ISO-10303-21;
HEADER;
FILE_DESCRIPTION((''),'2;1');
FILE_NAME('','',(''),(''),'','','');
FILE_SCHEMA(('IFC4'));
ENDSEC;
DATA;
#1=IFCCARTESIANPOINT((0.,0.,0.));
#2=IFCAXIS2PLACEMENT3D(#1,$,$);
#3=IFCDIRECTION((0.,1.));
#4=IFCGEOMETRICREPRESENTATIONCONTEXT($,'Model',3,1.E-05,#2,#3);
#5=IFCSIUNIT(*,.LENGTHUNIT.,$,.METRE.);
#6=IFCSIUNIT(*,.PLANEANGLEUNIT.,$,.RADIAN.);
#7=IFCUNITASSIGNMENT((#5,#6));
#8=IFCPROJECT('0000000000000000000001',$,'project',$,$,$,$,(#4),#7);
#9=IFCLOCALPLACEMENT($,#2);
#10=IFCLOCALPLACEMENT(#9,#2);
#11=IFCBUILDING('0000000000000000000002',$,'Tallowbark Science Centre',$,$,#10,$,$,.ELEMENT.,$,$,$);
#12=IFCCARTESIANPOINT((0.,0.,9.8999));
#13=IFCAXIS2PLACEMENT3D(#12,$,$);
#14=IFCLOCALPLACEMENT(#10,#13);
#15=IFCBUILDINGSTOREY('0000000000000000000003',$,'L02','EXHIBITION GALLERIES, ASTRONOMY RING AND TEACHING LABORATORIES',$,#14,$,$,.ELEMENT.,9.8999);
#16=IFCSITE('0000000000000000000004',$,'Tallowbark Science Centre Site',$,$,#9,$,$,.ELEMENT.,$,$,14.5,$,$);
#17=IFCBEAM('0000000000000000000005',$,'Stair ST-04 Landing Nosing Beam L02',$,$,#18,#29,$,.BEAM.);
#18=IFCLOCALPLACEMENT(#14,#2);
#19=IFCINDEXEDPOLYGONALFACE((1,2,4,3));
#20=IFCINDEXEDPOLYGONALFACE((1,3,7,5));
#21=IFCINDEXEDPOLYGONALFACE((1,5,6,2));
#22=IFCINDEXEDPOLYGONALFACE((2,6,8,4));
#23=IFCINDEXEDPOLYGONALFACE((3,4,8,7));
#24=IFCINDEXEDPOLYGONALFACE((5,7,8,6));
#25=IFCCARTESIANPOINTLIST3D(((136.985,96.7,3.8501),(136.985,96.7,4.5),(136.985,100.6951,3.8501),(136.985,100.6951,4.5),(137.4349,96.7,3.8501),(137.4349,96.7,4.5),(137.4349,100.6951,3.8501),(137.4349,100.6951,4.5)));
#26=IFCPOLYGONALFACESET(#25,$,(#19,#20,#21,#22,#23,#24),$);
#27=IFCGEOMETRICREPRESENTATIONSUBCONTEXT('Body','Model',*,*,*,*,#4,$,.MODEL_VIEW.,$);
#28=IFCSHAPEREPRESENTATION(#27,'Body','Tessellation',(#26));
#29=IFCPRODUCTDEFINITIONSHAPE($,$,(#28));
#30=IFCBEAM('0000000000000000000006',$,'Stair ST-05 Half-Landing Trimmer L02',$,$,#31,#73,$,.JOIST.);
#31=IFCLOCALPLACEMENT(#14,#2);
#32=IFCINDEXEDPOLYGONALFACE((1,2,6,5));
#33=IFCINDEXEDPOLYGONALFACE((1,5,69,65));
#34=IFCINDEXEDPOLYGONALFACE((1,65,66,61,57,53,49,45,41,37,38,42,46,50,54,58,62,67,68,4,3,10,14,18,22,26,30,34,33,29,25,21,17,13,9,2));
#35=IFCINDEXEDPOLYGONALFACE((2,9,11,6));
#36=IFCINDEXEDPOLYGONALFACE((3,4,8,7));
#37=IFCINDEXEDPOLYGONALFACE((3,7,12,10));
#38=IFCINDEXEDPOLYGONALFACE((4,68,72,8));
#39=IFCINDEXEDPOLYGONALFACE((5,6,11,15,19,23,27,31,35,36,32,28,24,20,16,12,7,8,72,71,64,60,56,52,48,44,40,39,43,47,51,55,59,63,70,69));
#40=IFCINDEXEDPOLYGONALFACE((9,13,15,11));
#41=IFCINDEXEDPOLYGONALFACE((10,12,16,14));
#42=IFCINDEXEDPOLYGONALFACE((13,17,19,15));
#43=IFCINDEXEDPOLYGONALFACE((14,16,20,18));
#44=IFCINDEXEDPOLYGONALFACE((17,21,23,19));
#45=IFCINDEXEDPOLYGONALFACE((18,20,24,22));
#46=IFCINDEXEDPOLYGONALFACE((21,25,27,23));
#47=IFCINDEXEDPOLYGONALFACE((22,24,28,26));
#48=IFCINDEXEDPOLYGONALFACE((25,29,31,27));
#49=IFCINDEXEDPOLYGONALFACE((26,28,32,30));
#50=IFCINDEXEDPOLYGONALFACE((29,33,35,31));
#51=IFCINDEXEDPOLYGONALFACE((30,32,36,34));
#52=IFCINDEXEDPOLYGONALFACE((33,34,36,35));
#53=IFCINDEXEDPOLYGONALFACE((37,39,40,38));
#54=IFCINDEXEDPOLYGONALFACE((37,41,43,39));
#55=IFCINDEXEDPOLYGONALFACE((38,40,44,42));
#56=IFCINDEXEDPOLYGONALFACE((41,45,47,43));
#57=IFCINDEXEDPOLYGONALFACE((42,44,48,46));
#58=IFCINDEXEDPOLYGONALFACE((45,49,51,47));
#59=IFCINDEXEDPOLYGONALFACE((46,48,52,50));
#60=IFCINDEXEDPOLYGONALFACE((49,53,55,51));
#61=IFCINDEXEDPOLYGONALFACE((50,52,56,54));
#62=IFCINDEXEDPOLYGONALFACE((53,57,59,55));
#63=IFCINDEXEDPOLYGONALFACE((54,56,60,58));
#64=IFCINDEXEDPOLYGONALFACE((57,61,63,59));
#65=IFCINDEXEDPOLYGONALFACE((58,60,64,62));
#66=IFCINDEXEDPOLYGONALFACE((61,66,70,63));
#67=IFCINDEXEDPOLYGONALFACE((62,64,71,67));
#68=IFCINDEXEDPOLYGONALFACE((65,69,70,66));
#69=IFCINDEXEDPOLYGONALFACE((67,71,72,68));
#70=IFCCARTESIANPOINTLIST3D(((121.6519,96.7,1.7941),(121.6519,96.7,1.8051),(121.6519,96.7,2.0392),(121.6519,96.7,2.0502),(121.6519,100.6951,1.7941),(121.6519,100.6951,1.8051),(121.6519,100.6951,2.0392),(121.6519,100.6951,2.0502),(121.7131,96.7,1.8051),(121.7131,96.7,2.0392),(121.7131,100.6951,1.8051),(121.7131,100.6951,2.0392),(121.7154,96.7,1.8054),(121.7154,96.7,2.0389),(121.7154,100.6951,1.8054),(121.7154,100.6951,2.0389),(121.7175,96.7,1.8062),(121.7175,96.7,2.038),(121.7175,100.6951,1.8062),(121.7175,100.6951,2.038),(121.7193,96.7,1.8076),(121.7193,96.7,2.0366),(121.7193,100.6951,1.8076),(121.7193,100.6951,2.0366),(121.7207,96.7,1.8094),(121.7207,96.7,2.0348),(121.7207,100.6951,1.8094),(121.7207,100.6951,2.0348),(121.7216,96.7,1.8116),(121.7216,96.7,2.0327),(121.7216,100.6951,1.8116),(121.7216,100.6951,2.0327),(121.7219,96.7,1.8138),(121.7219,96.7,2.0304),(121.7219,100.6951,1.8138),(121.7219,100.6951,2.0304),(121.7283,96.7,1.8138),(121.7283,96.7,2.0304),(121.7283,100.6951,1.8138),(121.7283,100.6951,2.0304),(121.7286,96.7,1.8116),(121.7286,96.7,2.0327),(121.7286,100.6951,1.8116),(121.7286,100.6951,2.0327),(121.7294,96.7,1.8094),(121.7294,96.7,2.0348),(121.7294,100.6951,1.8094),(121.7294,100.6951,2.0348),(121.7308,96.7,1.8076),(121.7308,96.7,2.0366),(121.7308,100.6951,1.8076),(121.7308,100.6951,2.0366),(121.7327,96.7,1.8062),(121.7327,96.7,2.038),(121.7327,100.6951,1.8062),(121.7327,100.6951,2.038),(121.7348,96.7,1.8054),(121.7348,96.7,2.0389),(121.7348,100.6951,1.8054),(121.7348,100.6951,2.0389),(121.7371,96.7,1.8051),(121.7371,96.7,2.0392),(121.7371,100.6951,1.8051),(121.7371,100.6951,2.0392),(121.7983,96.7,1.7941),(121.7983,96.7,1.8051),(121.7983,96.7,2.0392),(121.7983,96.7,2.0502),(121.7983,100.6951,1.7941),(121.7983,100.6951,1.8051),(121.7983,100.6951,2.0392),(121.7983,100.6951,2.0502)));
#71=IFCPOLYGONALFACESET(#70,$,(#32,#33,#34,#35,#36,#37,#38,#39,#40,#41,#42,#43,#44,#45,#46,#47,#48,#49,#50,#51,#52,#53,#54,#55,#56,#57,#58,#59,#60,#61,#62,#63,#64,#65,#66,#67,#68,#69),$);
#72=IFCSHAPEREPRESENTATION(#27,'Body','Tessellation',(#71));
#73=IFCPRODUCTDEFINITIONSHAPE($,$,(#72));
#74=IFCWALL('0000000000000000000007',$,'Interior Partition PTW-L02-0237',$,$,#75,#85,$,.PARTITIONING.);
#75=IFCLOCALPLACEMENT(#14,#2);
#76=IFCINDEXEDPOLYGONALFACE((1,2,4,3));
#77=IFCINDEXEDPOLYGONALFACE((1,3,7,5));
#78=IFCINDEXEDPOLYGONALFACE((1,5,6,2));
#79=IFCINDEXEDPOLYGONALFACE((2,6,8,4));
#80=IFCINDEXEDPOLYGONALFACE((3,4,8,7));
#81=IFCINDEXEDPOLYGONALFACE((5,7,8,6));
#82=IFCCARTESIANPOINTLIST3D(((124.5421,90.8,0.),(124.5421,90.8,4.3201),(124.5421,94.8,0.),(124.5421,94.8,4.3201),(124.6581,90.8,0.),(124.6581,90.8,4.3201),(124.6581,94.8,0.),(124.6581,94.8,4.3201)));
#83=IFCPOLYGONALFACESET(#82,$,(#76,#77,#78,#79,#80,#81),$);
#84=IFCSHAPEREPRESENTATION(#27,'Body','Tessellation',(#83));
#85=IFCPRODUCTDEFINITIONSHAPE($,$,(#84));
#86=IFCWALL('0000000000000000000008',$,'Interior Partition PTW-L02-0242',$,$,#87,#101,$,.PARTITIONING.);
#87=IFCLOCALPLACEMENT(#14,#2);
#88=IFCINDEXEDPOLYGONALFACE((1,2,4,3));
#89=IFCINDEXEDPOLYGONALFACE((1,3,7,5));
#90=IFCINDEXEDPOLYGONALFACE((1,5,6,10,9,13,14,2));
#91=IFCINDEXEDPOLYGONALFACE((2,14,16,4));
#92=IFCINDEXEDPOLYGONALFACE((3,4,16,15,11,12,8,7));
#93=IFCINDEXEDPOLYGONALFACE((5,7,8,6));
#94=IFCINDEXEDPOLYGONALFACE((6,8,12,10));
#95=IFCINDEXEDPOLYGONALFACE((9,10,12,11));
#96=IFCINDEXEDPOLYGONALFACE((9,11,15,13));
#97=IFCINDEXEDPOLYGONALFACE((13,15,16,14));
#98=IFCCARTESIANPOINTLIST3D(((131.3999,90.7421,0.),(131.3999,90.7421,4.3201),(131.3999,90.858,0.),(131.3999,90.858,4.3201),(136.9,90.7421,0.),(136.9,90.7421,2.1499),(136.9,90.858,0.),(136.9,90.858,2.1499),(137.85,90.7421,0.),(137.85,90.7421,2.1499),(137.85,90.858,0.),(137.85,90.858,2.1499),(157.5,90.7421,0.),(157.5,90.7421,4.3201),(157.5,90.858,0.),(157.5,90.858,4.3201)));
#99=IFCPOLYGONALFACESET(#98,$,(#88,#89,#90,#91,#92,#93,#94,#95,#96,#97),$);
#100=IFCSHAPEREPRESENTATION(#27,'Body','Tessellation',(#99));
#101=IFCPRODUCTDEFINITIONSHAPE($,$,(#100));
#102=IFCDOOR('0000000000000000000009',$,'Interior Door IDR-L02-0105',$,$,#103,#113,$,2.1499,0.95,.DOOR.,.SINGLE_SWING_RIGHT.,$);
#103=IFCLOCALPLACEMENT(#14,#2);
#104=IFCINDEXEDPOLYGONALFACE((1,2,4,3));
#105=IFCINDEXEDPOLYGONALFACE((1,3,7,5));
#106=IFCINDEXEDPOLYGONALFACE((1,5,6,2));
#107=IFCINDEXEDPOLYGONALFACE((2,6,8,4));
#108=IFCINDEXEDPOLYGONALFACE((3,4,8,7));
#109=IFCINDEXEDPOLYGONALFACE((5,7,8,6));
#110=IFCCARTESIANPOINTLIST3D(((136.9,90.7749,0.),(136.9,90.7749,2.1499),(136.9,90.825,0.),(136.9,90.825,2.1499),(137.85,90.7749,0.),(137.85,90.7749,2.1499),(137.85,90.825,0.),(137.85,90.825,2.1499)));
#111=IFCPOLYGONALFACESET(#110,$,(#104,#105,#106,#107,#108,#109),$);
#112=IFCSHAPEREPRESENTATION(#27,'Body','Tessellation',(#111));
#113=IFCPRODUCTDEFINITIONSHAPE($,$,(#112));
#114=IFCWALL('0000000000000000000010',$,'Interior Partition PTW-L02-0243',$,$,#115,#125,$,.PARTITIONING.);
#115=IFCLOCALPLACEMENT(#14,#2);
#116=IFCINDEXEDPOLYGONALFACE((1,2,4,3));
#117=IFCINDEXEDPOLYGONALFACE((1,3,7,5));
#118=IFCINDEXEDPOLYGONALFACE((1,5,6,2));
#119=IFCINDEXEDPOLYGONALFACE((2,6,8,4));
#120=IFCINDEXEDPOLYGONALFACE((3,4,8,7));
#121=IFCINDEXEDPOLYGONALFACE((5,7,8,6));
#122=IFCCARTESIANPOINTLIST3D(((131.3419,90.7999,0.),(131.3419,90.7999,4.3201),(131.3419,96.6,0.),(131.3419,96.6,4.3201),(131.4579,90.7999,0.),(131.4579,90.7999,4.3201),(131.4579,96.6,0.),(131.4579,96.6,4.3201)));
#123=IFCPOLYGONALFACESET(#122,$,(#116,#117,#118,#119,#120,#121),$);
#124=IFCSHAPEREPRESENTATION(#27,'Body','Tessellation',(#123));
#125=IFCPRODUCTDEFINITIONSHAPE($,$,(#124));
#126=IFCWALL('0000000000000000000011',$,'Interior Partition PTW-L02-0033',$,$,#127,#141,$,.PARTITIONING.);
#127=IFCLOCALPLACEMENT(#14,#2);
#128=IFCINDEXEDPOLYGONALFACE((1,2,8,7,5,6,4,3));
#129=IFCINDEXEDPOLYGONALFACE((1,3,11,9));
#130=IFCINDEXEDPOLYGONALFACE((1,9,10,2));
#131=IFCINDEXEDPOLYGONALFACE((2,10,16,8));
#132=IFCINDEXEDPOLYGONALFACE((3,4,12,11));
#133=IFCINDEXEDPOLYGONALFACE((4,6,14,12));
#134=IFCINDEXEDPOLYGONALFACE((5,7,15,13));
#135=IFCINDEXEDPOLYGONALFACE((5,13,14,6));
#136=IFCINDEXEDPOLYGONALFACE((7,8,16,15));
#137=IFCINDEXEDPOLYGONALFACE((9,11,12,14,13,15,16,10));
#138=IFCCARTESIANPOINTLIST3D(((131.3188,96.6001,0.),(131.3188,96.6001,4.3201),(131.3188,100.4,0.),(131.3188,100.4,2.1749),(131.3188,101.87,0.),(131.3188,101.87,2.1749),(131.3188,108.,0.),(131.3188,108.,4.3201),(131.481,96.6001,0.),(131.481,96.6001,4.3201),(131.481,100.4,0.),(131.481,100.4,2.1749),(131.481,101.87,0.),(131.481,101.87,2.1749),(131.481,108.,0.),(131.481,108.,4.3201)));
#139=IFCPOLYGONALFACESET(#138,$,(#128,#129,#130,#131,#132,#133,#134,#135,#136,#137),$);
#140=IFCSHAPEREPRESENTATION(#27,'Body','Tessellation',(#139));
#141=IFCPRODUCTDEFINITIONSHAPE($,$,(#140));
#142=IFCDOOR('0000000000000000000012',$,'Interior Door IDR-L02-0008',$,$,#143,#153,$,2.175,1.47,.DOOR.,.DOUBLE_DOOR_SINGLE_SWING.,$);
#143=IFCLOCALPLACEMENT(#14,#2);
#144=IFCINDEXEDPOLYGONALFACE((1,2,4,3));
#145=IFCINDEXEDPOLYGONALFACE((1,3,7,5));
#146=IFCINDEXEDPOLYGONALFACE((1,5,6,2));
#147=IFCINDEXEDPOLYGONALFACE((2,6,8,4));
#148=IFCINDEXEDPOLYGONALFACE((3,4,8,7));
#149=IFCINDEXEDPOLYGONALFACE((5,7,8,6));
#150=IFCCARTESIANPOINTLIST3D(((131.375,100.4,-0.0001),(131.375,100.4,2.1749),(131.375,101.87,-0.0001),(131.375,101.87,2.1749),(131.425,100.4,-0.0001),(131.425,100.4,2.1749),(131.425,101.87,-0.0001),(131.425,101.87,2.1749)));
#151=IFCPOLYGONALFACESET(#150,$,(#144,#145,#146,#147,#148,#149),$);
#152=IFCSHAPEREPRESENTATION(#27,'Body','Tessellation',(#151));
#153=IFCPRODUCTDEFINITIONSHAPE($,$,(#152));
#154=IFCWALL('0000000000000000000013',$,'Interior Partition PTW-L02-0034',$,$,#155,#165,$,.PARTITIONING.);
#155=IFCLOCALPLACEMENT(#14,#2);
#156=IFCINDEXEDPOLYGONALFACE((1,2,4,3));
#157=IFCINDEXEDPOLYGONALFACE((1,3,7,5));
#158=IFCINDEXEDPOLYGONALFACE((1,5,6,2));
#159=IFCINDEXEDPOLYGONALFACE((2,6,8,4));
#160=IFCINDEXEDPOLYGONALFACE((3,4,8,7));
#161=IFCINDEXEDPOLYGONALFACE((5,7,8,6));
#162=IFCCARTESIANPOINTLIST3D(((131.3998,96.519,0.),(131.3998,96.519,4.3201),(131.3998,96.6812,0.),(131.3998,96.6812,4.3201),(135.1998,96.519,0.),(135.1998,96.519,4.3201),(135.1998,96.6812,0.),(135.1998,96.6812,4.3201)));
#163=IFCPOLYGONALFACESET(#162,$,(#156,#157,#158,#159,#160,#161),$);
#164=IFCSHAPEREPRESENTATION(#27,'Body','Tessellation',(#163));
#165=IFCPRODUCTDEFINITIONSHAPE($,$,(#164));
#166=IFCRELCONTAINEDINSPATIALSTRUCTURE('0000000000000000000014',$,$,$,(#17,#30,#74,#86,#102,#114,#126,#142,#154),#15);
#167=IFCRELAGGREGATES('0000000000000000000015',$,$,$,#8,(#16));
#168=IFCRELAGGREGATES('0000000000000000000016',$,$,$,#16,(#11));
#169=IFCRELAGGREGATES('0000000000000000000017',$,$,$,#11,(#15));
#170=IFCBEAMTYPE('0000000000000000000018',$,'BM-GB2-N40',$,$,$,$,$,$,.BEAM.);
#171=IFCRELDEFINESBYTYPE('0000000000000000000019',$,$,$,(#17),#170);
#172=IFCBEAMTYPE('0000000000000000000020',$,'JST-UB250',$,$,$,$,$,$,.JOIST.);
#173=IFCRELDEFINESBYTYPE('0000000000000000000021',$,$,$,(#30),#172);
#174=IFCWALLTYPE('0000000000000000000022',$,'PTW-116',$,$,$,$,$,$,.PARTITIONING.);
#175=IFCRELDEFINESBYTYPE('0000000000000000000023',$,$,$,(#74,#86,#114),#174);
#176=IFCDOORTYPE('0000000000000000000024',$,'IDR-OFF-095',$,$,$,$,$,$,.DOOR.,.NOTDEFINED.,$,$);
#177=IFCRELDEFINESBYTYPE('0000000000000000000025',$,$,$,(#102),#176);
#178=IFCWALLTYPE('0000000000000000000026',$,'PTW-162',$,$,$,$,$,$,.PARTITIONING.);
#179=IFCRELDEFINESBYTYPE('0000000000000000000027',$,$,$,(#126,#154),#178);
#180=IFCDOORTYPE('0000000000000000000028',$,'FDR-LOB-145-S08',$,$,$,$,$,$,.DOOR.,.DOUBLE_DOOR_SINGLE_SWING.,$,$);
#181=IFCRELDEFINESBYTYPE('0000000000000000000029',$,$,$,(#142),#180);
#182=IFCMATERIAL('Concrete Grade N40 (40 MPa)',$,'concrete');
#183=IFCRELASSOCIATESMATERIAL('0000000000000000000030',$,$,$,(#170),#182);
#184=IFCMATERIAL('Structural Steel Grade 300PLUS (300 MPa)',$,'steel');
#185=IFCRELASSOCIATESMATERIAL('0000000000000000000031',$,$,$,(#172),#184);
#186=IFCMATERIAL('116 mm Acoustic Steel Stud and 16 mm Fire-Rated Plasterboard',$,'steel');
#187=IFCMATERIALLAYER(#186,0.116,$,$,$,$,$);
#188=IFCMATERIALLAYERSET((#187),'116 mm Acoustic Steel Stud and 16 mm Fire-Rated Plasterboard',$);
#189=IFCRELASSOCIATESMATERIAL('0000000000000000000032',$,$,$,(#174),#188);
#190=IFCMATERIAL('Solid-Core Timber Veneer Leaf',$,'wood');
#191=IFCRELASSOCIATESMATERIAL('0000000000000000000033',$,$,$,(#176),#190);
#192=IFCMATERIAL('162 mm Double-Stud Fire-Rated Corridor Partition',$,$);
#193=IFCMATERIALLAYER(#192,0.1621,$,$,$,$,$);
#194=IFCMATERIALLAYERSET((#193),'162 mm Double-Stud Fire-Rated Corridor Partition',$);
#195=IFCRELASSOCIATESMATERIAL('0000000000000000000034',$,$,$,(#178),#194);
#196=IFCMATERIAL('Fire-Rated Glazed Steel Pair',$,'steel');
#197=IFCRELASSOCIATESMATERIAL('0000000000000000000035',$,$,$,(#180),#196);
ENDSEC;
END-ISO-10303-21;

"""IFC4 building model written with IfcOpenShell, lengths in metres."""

from ifc_helpers import new_model, si_unit, direction, frame, frame_2d, origin, origin_2d, place, context, subcontext, project, spatial, rectangle, i_section, extrude, material, layer, layer_set, material_profile, profile_set, type_object, element, fill, save


model = new_model("IFC4")

# Units and contexts
model_context = context("Model", 3, precision=1e-05, world=origin(), true_north=direction((0.0, 1.0)))
body_context = subcontext(model_context, "Body", "Model", "MODEL_VIEW")
ifc_project = project(units=[si_unit("LENGTHUNIT", "METRE"), si_unit("PLANEANGLEUNIT", "RADIAN")], contexts=[model_context])

# Site, building, storey
site_placement = place(None, origin())
site = spatial("IfcSite", under=ifc_project, at=site_placement, Name="Tallowbark Science Centre Site", CompositionType="ELEMENT", RefElevation=14.5)
building_placement = place(site_placement, origin())
building = spatial("IfcBuilding", under=site, at=building_placement, Name="Tallowbark Science Centre", CompositionType="ELEMENT")
storey_placement = place(building_placement, frame((0.0, 0.0, 9.8999)))
storey = spatial("IfcBuildingStorey", under=building, at=storey_placement, Name="L02", Description="EXHIBITION GALLERIES, ASTRONOMY RING AND TEACHING LABORATORIES", CompositionType="ELEMENT", Elevation=9.8999)

# Beams
ifc_material_1 = material(Name="Concrete Grade N40 (40 MPa)", Category="concrete")
ifc_material_profile_1 = material_profile(ifc_material_1, rectangle(XDim=0.45, YDim=0.6499, at=origin_2d()), Name="RC450x650")
ifc_profile_set_1 = profile_set([ifc_material_profile_1], Name="Concrete Grade N40 (40 MPa)")
beam_type_1 = type_object("IfcBeamType", Name="BM-GB2-N40", PredefinedType="BEAM", material=ifc_profile_set_1)
beam_1_placement = place(storey_placement, frame((137.21, 96.7, 4.175), z_axis=(0.0, 1.0, 0.0), x_axis=(-1.0, 0.0, 0.0)))
element("IfcBeam", 1, at=beam_1_placement, inside=storey, type_object=beam_type_1, Name="Stair ST-04 Landing Nosing Beam L02", PredefinedType="BEAM", context=body_context, shape_type="SweptSolid", body=[
    extrude(rectangle(XDim=0.45, YDim=0.6499, at=origin_2d()), origin(), (0.0, 0.0, 1.0), 3.9951),
])
ifc_material_2 = material(Name="Structural Steel Grade 300PLUS (300 MPa)", Category="steel")
ifc_material_profile_2 = material_profile(ifc_material_2, i_section(OverallWidth=0.1465, OverallDepth=0.2561, WebThickness=0.0063, FlangeThickness=0.011, FilletRadius=0.0088, at=origin_2d()), Name="250UB37.3")
ifc_profile_set_2 = profile_set([ifc_material_profile_2], Name="Structural Steel Grade 300PLUS (300 MPa)")
beam_type_2 = type_object("IfcBeamType", Name="JST-UB250", PredefinedType="JOIST", material=ifc_profile_set_2)
beam_2_placement = place(storey_placement, frame((121.7251, 96.7, 1.9221), z_axis=(0.0, 1.0, 0.0), x_axis=(-1.0, 0.0, 0.0)))
element("IfcBeam", 2, at=beam_2_placement, inside=storey, type_object=beam_type_2, Name="Stair ST-05 Half-Landing Trimmer L02", PredefinedType="JOIST", context=body_context, shape_type="SweptSolid", body=[
    extrude(i_section(OverallWidth=0.1465, OverallDepth=0.2561, WebThickness=0.0063, FlangeThickness=0.011, FilletRadius=0.0088, at=origin_2d()), origin(), (0.0, 0.0, 1.0), 3.9951),
])

# Wall
ifc_material_3 = material(Name="116 mm Acoustic Steel Stud and 16 mm Fire-Rated Plasterboard", Category="steel")
ifc_layer_1 = layer(ifc_material_3, 0.116)
ifc_layer_set_1 = layer_set([ifc_layer_1], Name="116 mm Acoustic Steel Stud and 16 mm Fire-Rated Plasterboard")
wall_type_1 = type_object("IfcWallType", Name="PTW-116", PredefinedType="PARTITIONING", material=ifc_layer_set_1)
wall_1_placement = place(storey_placement, frame((124.6001, 90.8, 0.0), z_axis=(0.0, 0.0, 1.0), x_axis=(0.0, 1.0, 0.0)))
element("IfcWall", 3, at=wall_1_placement, inside=storey, type_object=wall_type_1, Name="Interior Partition PTW-L02-0237", PredefinedType="PARTITIONING", context=body_context, shape_type="SweptSolid", body=[
    extrude(rectangle(XDim=4.0, YDim=0.116, at=frame_2d((2.0, 0.0))), origin(), (0.0, 0.0, 1.0), 4.3201),
])

# Wall, opening, door
wall_2_placement = place(storey_placement, frame((131.3999, 90.8, 0.0), z_axis=(0.0, 0.0, 1.0), x_axis=(1.0, 0.0, 0.0)))
wall_2 = element("IfcWall", 4, at=wall_2_placement, inside=storey, type_object=wall_type_1, Name="Interior Partition PTW-L02-0242", PredefinedType="PARTITIONING", context=body_context, shape_type="SweptSolid", body=[
    extrude(rectangle(XDim=26.1001, YDim=0.116, at=frame_2d((13.05, 0.0))), origin(), (0.0, 0.0, 1.0), 4.3201),
])
opening_1_placement = place(wall_2_placement, frame((5.5, 0.0, 0.0)))
opening_1 = element("IfcOpeningElement", 5, at=opening_1_placement, cuts=wall_2, PredefinedType="OPENING", context=body_context, shape_type="SweptSolid", body=[
    extrude(rectangle(XDim=0.95, YDim=2.1499, at=frame_2d((0.4751, 1.075))), frame((0.0, 0.0679, 0.0), z_axis=(0.0, -1.0, 0.0), x_axis=(1.0, 0.0, 0.0)), (0.0, 0.0, 1.0), 0.136),
])
ifc_material_4 = material(Name="Solid-Core Timber Veneer Leaf", Category="wood")
door_type_1 = type_object("IfcDoorType", Name="IDR-OFF-095", OperationType="NOTDEFINED", PredefinedType="DOOR", material=ifc_material_4)
door_1_placement = place(opening_1_placement, origin())
door_1 = element("IfcDoor", 6, at=door_1_placement, inside=storey, type_object=door_type_1, Name="Interior Door IDR-L02-0105", OperationType="SINGLE_SWING_RIGHT", OverallHeight=2.1499, OverallWidth=0.95, PredefinedType="DOOR", context=body_context, shape_type="SweptSolid", body=[
    extrude(rectangle(XDim=0.95, YDim=2.1499, at=frame_2d((0.4751, 1.075))), frame((0.0, 0.0249, 0.0), z_axis=(0.0, -1.0, 0.0), x_axis=(1.0, 0.0, 0.0)), (0.0, 0.0, 1.0), 0.05),
])
fill(opening_1, door_1)

# Wall
wall_3_placement = place(storey_placement, frame((131.3999, 90.8, 0.0), z_axis=(0.0, 0.0, 1.0), x_axis=(0.0, 1.0, 0.0)))
element("IfcWall", 7, at=wall_3_placement, inside=storey, type_object=wall_type_1, Name="Interior Partition PTW-L02-0243", PredefinedType="PARTITIONING", context=body_context, shape_type="SweptSolid", body=[
    extrude(rectangle(XDim=5.8, YDim=0.116, at=frame_2d((2.8999, 0.0))), origin(), (0.0, 0.0, 1.0), 4.3201),
])

# Wall, opening, door
ifc_material_5 = material(Name="162 mm Double-Stud Fire-Rated Corridor Partition")
ifc_layer_2 = layer(ifc_material_5, 0.1621)
ifc_layer_set_2 = layer_set([ifc_layer_2], Name="162 mm Double-Stud Fire-Rated Corridor Partition")
wall_type_2 = type_object("IfcWallType", Name="PTW-162", PredefinedType="PARTITIONING", material=ifc_layer_set_2)
wall_4_placement = place(storey_placement, frame((131.3999, 96.6001, 0.0), z_axis=(0.0, 0.0, 1.0), x_axis=(0.0, 1.0, 0.0)))
wall_4 = element("IfcWall", 8, at=wall_4_placement, inside=storey, type_object=wall_type_2, Name="Interior Partition PTW-L02-0033", PredefinedType="PARTITIONING", context=body_context, shape_type="SweptSolid", body=[
    extrude(rectangle(XDim=11.3999, YDim=0.1621, at=frame_2d((5.7, 0.0))), origin(), (0.0, 0.0, 1.0), 4.3201),
])
opening_2_placement = place(wall_4_placement, frame((3.8, 0.0, 0.0)))
opening_2 = element("IfcOpeningElement", 9, at=opening_2_placement, cuts=wall_4, PredefinedType="OPENING", context=body_context, shape_type="SweptSolid", body=[
    extrude(rectangle(XDim=1.47, YDim=2.175, at=frame_2d((0.7349, 1.0874))), frame((0.0, 0.0911, 0.0), z_axis=(0.0, -1.0, 0.0), x_axis=(1.0, 0.0, 0.0)), (0.0, 0.0, 1.0), 0.1821),
])
ifc_material_6 = material(Name="Fire-Rated Glazed Steel Pair", Category="steel")
door_type_2 = type_object("IfcDoorType", Name="FDR-LOB-145-S08", OperationType="DOUBLE_DOOR_SINGLE_SWING", PredefinedType="DOOR", material=ifc_material_6)
door_2_placement = place(opening_2_placement, origin())
door_2 = element("IfcDoor", 10, at=door_2_placement, inside=storey, type_object=door_type_2, Name="Interior Door IDR-L02-0008", OperationType="DOUBLE_DOOR_SINGLE_SWING", OverallHeight=2.175, OverallWidth=1.47, PredefinedType="DOOR", context=body_context, shape_type="SweptSolid", body=[
    extrude(rectangle(XDim=1.47, YDim=2.175, at=frame_2d((0.7349, 1.0874))), frame((0.0, 0.0249, 0.0), z_axis=(0.0, -1.0, 0.0), x_axis=(1.0, 0.0, 0.0)), (0.0, 0.0, 1.0), 0.05),
])
fill(opening_2, door_2)

# Wall
wall_5_placement = place(storey_placement, frame((131.3999, 96.6001, 0.0), z_axis=(0.0, 0.0, 1.0), x_axis=(1.0, 0.0, 0.0)))
element("IfcWall", 11, at=wall_5_placement, inside=storey, type_object=wall_type_2, Name="Interior Partition PTW-L02-0034", PredefinedType="PARTITIONING", context=body_context, shape_type="SweptSolid", body=[
    extrude(rectangle(XDim=3.8, YDim=0.1621, at=frame_2d((1.8999, 0.0))), origin(), (0.0, 0.0, 1.0), 4.3201),
])

save(model, "model.ifc")
